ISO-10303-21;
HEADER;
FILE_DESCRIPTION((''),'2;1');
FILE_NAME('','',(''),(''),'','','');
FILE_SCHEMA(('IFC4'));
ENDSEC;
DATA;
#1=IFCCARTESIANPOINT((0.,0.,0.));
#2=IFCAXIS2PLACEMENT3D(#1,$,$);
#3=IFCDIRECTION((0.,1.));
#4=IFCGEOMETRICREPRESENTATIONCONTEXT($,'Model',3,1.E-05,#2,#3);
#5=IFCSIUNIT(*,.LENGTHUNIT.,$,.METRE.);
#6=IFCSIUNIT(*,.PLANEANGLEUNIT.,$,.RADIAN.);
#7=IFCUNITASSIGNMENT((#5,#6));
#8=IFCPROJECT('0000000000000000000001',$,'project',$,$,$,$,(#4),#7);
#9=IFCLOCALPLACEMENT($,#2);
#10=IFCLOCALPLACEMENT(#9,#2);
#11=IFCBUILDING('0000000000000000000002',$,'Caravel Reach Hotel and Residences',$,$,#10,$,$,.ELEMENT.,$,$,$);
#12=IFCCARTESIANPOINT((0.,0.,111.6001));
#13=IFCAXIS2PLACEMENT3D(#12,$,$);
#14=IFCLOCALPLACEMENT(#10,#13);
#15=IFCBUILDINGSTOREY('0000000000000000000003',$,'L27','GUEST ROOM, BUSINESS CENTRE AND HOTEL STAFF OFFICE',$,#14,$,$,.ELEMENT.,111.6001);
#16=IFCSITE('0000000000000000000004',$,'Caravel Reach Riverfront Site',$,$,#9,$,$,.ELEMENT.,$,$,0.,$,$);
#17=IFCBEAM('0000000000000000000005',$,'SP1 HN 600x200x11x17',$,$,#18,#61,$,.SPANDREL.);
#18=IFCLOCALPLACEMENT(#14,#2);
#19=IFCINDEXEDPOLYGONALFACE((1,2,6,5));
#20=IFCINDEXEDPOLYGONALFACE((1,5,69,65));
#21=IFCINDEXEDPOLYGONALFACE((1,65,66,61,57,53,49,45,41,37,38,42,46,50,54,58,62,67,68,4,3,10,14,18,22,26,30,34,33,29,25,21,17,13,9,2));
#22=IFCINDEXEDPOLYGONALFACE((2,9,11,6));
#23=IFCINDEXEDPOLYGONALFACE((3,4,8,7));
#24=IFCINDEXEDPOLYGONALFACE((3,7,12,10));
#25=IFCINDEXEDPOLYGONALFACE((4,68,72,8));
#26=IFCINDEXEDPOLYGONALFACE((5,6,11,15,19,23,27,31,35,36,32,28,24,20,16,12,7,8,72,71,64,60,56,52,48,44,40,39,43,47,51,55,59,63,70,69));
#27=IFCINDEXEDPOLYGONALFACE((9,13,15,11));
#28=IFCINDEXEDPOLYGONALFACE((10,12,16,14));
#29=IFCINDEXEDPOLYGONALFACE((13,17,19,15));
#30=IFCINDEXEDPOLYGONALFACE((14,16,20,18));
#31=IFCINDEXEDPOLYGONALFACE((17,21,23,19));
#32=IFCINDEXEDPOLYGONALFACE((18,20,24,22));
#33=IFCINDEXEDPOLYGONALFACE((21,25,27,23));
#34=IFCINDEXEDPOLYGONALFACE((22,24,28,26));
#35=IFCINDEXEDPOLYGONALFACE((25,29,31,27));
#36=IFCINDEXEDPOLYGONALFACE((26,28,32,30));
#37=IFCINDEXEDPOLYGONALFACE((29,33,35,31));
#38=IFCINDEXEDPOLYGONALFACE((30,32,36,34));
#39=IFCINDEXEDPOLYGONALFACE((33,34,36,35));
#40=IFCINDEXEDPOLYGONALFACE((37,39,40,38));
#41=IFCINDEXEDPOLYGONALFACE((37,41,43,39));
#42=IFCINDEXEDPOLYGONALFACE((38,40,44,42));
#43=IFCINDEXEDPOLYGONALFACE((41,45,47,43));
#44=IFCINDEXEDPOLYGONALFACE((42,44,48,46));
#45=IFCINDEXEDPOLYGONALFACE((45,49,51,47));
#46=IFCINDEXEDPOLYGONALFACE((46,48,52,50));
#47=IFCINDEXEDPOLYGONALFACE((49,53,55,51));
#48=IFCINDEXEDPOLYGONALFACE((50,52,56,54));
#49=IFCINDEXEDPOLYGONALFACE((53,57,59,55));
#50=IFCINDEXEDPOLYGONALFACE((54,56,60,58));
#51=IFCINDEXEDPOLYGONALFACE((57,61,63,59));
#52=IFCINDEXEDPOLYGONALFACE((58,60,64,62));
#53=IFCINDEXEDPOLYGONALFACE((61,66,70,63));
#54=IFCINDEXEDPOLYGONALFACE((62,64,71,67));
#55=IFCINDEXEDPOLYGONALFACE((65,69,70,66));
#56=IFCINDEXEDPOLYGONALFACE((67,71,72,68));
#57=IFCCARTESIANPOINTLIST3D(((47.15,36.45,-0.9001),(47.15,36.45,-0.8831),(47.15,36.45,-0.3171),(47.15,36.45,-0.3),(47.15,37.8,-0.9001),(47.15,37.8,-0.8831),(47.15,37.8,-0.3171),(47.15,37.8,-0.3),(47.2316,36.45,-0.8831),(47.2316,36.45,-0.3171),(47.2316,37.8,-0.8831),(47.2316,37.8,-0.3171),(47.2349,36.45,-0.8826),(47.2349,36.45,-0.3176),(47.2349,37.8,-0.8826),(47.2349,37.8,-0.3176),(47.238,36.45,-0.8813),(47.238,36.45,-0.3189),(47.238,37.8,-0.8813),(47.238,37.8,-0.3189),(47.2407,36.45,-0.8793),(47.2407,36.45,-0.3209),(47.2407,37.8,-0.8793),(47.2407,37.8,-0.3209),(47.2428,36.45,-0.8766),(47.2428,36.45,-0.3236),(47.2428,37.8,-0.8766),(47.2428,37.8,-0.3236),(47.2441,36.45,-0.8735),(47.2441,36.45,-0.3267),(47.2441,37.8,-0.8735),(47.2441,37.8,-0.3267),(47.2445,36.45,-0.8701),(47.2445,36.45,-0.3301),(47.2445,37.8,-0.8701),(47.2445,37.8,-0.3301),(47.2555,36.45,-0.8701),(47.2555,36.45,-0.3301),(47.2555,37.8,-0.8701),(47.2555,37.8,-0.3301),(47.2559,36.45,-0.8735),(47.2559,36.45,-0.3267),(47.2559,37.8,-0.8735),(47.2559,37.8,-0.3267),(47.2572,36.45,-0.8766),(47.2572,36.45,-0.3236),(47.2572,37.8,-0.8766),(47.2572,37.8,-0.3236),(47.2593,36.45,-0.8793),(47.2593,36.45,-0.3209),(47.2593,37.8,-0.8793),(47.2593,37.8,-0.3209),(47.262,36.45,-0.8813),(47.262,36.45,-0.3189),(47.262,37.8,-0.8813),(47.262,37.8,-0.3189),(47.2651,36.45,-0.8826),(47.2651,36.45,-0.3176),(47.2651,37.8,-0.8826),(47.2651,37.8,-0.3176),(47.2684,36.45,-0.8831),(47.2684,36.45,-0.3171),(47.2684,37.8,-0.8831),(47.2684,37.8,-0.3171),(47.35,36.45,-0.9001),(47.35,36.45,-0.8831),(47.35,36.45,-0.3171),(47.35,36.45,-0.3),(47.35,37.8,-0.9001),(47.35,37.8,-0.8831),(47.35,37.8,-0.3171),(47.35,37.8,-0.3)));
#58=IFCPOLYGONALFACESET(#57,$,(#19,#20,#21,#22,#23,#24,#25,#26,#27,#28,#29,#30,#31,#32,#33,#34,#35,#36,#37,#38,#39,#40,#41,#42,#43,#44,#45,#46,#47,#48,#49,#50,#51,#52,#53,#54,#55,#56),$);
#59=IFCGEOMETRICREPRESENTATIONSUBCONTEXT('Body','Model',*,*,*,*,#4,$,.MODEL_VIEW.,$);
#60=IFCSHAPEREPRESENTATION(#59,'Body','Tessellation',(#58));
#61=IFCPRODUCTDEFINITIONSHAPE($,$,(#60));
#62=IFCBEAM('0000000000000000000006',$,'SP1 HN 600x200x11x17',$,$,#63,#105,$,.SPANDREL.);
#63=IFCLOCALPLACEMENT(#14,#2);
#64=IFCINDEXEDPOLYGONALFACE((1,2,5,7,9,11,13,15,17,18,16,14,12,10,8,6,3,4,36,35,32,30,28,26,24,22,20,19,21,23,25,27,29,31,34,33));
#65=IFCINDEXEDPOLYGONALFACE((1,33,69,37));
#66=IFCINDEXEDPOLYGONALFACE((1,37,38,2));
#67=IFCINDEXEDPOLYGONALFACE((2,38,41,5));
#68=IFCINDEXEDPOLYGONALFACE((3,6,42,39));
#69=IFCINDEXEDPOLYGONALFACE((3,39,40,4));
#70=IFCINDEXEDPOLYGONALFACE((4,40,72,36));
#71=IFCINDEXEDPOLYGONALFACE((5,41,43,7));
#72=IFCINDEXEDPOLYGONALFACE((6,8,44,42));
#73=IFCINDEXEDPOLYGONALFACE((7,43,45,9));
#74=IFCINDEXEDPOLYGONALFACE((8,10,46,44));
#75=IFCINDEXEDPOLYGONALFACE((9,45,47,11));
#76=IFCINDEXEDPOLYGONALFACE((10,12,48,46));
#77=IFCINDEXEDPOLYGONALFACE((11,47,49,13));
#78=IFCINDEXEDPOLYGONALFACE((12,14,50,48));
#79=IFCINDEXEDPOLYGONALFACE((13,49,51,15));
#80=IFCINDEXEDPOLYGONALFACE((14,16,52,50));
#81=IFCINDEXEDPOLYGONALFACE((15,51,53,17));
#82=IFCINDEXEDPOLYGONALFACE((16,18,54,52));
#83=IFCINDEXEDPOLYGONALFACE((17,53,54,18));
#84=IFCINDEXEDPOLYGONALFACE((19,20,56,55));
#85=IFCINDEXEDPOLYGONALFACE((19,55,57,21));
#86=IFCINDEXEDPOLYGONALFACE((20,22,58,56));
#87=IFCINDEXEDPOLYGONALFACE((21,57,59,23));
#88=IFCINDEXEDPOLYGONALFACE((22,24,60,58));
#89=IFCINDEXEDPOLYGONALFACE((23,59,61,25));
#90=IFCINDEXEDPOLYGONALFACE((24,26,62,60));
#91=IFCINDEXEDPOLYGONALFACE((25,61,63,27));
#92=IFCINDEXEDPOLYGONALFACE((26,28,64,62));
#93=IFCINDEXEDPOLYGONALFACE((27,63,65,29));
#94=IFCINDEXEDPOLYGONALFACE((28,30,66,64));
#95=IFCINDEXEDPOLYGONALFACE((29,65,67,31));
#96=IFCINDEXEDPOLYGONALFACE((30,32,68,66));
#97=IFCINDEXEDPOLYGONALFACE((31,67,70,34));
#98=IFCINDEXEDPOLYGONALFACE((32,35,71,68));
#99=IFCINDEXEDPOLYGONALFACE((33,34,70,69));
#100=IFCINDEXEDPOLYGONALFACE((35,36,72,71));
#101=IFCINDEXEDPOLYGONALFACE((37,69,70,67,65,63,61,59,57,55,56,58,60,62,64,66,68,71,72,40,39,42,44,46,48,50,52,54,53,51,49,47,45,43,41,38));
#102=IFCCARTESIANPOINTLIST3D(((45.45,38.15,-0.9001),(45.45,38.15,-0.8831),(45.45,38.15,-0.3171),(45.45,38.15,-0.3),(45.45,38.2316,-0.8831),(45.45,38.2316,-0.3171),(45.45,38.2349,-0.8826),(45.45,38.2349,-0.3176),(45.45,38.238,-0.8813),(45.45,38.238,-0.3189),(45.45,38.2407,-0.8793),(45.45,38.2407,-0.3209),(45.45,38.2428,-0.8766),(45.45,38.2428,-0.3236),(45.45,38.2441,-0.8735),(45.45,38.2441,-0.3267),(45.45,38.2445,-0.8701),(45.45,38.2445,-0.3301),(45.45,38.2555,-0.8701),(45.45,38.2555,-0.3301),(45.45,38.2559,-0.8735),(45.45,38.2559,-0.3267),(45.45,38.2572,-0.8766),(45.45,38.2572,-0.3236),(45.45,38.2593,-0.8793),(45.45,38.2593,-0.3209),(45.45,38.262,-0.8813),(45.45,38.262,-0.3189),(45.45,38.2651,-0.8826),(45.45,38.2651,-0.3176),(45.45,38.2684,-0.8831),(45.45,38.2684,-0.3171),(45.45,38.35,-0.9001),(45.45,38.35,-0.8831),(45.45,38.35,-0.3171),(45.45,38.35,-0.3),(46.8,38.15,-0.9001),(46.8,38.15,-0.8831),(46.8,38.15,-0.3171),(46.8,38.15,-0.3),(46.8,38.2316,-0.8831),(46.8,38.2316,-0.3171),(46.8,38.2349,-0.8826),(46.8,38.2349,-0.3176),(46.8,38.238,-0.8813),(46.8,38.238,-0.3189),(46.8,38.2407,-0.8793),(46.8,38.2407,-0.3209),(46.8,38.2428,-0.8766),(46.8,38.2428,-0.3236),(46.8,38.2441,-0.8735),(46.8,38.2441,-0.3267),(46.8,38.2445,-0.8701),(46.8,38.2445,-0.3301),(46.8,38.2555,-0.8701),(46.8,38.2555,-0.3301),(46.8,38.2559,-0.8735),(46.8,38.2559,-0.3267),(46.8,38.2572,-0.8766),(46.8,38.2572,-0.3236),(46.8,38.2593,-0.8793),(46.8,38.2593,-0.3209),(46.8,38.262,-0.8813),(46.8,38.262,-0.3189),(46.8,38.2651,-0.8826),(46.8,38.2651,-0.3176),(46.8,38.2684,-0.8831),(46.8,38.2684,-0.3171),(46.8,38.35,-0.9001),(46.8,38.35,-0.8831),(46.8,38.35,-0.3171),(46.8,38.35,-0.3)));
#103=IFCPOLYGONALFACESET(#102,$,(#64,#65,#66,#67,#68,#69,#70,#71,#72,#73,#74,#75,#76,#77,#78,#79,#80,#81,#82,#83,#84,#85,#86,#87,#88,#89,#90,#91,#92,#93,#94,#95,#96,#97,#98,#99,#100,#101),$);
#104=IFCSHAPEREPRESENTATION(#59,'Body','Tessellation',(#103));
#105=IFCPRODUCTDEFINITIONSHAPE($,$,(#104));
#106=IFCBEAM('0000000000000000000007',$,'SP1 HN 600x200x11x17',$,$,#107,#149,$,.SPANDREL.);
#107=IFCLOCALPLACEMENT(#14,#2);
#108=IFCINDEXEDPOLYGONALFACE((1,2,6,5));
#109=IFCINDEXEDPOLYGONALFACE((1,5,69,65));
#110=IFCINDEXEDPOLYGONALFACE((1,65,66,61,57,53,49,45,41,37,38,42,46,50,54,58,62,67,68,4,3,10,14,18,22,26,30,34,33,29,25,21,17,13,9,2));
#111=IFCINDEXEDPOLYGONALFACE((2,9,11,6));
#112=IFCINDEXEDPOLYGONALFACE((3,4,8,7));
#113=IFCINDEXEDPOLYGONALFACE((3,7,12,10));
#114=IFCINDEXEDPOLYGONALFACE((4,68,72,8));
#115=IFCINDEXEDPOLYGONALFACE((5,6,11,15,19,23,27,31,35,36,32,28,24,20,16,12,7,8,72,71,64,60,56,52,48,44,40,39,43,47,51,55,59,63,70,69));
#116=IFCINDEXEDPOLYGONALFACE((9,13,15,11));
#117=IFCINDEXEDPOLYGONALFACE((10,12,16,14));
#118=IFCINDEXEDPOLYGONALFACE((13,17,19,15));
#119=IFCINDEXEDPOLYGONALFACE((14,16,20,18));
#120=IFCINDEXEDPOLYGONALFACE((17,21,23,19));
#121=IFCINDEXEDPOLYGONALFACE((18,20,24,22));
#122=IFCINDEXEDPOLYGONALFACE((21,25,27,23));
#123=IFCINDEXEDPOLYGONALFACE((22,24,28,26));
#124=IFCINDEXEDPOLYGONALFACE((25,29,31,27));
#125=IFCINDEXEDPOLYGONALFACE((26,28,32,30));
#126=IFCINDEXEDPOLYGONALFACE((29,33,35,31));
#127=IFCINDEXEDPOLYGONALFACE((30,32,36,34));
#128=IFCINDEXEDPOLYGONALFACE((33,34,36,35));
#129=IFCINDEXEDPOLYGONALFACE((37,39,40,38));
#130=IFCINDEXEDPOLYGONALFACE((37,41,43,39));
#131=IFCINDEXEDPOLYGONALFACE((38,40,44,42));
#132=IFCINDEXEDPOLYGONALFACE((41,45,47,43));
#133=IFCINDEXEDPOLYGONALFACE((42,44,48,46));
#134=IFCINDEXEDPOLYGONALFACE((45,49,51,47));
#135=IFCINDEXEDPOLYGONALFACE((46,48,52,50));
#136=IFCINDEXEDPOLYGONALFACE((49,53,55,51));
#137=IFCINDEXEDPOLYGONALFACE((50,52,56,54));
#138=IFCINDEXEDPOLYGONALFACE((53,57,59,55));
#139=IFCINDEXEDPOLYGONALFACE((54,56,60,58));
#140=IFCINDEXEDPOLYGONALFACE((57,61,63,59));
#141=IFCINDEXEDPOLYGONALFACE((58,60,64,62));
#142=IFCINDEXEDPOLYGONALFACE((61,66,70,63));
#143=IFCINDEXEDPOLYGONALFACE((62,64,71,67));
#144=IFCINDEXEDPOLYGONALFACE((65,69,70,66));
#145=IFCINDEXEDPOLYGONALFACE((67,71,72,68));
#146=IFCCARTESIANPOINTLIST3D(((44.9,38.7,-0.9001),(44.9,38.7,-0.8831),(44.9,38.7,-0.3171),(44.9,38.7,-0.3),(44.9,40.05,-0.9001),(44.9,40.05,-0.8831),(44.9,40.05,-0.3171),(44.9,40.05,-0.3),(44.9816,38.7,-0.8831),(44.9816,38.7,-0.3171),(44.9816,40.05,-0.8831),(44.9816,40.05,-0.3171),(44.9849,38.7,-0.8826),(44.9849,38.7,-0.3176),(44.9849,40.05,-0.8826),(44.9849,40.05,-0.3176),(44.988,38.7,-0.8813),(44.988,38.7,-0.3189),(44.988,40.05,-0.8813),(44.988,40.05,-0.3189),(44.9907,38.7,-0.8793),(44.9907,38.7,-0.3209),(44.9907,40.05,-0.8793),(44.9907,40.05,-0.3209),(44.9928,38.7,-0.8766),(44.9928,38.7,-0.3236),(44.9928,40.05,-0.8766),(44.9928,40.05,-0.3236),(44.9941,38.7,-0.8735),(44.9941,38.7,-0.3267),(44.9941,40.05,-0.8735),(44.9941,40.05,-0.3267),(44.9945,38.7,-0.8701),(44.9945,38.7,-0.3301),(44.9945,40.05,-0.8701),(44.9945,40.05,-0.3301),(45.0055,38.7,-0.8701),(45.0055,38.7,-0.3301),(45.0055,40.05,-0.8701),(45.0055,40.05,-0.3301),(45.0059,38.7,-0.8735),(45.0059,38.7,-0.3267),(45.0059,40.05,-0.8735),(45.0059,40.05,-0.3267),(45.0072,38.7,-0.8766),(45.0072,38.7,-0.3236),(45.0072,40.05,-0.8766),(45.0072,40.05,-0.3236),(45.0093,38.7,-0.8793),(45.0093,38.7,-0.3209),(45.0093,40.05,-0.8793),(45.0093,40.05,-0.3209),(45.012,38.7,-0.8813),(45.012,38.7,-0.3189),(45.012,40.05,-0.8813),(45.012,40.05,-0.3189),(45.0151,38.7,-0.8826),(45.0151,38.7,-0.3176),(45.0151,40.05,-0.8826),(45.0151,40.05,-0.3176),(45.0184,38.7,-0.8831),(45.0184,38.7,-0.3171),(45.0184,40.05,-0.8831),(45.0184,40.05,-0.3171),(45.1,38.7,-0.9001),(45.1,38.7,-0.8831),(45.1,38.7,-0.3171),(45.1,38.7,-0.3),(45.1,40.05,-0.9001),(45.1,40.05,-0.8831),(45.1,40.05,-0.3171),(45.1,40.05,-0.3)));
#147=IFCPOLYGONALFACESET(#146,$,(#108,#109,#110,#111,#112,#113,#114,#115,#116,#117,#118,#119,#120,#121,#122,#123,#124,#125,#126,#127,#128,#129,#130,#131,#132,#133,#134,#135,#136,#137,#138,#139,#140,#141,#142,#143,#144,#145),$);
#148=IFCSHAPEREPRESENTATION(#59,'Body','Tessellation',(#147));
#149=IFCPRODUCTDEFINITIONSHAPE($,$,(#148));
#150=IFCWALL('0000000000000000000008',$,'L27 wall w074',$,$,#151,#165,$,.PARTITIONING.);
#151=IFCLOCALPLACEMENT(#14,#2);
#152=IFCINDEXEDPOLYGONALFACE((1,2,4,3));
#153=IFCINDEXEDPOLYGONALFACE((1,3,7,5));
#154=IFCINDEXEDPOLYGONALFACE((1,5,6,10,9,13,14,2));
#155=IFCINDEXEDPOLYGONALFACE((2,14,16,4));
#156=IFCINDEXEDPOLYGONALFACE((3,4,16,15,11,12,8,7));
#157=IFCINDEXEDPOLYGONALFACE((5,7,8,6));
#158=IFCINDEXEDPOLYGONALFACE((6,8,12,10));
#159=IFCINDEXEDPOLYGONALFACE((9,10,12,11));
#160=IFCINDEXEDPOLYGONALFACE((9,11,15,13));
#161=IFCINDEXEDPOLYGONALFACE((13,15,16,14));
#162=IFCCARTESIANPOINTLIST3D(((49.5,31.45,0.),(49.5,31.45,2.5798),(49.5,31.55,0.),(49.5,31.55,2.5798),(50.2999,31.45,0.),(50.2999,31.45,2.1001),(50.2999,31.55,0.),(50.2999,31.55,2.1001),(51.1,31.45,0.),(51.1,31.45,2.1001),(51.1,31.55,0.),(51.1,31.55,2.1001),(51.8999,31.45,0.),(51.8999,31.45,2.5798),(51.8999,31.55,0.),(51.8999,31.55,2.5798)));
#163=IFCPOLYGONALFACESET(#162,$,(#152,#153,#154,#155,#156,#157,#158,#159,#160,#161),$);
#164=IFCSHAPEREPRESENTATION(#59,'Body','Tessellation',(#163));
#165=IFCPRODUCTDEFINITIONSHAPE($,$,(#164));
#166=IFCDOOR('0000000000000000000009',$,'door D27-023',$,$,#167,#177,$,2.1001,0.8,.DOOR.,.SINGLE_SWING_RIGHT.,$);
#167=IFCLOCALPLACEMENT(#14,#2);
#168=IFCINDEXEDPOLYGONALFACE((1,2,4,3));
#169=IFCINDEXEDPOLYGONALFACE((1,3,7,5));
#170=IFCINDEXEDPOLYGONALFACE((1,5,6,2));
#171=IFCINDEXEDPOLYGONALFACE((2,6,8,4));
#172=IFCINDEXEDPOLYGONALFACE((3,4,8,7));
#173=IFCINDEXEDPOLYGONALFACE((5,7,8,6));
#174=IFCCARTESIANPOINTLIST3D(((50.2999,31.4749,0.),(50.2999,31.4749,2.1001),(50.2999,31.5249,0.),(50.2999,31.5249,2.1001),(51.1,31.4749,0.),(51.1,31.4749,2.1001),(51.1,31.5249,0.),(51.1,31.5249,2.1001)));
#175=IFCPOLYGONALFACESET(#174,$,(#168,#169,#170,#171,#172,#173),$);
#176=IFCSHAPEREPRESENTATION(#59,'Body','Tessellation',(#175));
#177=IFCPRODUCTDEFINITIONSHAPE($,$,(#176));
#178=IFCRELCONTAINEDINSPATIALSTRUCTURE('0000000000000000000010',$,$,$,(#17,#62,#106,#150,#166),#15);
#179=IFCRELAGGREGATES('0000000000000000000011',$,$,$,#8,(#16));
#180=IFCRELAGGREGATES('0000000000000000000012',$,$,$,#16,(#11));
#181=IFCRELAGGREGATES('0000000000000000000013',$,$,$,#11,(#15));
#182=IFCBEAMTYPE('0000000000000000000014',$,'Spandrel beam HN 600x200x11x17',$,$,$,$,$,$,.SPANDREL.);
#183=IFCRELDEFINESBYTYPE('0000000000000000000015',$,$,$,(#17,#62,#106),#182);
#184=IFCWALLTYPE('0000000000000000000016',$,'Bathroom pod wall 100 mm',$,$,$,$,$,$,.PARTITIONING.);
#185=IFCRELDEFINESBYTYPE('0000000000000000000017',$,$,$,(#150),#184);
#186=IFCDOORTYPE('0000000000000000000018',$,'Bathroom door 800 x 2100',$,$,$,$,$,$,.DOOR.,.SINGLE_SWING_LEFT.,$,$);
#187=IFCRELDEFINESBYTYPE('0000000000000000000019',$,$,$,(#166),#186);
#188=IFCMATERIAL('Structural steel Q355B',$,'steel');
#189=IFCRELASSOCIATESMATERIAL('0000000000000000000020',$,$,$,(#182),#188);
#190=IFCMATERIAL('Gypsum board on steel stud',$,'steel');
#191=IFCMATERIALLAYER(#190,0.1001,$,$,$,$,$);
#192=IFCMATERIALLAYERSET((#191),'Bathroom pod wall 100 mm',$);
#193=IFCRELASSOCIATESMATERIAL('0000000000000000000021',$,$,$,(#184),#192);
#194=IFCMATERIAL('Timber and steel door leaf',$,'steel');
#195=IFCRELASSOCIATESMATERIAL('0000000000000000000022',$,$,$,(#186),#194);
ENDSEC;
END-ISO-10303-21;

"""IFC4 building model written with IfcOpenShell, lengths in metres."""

from ifc_helpers import new_model, si_unit, direction, frame, frame_2d, origin, origin_2d, place, context, subcontext, project, spatial, rectangle, i_section, extrude, material, layer, layer_set, material_profile, profile_set, type_object, element, fill, save


model = new_model("IFC4")

# Units and contexts
model_context = context("Model", 3, precision=1e-05, world=origin(), true_north=direction((0.0, 1.0)))
body_context = subcontext(model_context, "Body", "Model", "MODEL_VIEW")
ifc_project = project(units=[si_unit("LENGTHUNIT", "METRE"), si_unit("PLANEANGLEUNIT", "RADIAN")], contexts=[model_context])

# Site, building, storey
site_placement = place(None, origin())
site = spatial("IfcSite", under=ifc_project, at=site_placement, Name="Caravel Reach Riverfront Site", CompositionType="ELEMENT", RefElevation=0.0)
building_placement = place(site_placement, origin())
building = spatial("IfcBuilding", under=site, at=building_placement, Name="Caravel Reach Hotel and Residences", CompositionType="ELEMENT")
storey_placement = place(building_placement, frame((0.0, 0.0, 111.6001)))
storey = spatial("IfcBuildingStorey", under=building, at=storey_placement, Name="L27", Description="GUEST ROOM, BUSINESS CENTRE AND HOTEL STAFF OFFICE", CompositionType="ELEMENT", Elevation=111.6001)

# Beams
ifc_material_1 = material(Name="Structural steel Q355B", Category="steel")
ifc_material_profile_1 = material_profile(ifc_material_1, i_section(OverallWidth=0.2, OverallDepth=0.6001, WebThickness=0.011, FlangeThickness=0.0171, FilletRadius=0.0129, at=origin_2d()), Name="HN 600x200x11x17")
ifc_profile_set_1 = profile_set([ifc_material_profile_1], Name="Structural steel Q355B")
beam_type_1 = type_object("IfcBeamType", Name="Spandrel beam HN 600x200x11x17", PredefinedType="SPANDREL", material=ifc_profile_set_1)
for number, where, z_axis, x_axis, name in (
    (1, (47.25, 36.45, -0.6001), (0.0, 1.0, 0.0), (-1.0, 0.0, 0.0), "SP1 HN 600x200x11x17"),
    (2, (46.8, 38.25, -0.6001), (-1.0, 0.0, 0.0), (0.0, -1.0, 0.0), "SP1 HN 600x200x11x17"),
    (3, (45.0, 38.7, -0.6001), (0.0, 1.0, 0.0), (-1.0, 0.0, 0.0), "SP1 HN 600x200x11x17"),
):
    element("IfcBeam", number, at=place(storey_placement, frame(where, z_axis=z_axis, x_axis=x_axis)), inside=storey, type_object=beam_type_1, Name=name, PredefinedType="SPANDREL", context=body_context, shape_type="SweptSolid", body=[
        extrude(i_section(OverallWidth=0.2, OverallDepth=0.6001, WebThickness=0.011, FlangeThickness=0.0171, FilletRadius=0.0129, at=origin_2d()), origin(), (0.0, 0.0, 1.0), 1.3501),
    ])

# Wall, opening, door
ifc_material_2 = material(Name="Gypsum board on steel stud", Category="steel")
ifc_layer_1 = layer(ifc_material_2, 0.1001)
ifc_layer_set_1 = layer_set([ifc_layer_1], Name="Bathroom pod wall 100 mm")
wall_type_1 = type_object("IfcWallType", Name="Bathroom pod wall 100 mm", PredefinedType="PARTITIONING", material=ifc_layer_set_1)
wall_1_placement = place(storey_placement, frame((49.5, 31.5, 0.0), z_axis=(0.0, 0.0, 1.0), x_axis=(1.0, 0.0, 0.0)))
wall_1 = element("IfcWall", 4, at=wall_1_placement, inside=storey, type_object=wall_type_1, Name="L27 wall w074", PredefinedType="PARTITIONING", context=body_context, shape_type="SweptSolid", body=[
    extrude(rectangle(XDim=2.3999, YDim=0.1001, at=frame_2d((1.2, 0.0))), origin(), (0.0, 0.0, 1.0), 2.5798),
])
opening_1_placement = place(wall_1_placement, frame((0.8, 0.0, 0.0)))
opening_1 = element("IfcOpeningElement", 5, at=opening_1_placement, cuts=wall_1, PredefinedType="OPENING", context=body_context, shape_type="SweptSolid", body=[
    extrude(rectangle(XDim=0.8, YDim=2.1001, at=frame_2d((0.3999, 1.05))), frame((0.0, 0.0601, 0.0), z_axis=(0.0, -1.0, 0.0), x_axis=(1.0, 0.0, 0.0)), (0.0, 0.0, 1.0), 0.1201),
])
ifc_material_3 = material(Name="Timber and steel door leaf", Category="steel")
door_type_1 = type_object("IfcDoorType", Name="Bathroom door 800 x 2100", OperationType="SINGLE_SWING_LEFT", PredefinedType="DOOR", material=ifc_material_3)
door_1_placement = place(opening_1_placement, origin())
door_1 = element("IfcDoor", 6, at=door_1_placement, inside=storey, type_object=door_type_1, Name="door D27-023", OperationType="SINGLE_SWING_RIGHT", OverallHeight=2.1001, OverallWidth=0.8, PredefinedType="DOOR", context=body_context, shape_type="SweptSolid", body=[
    extrude(rectangle(XDim=0.8, YDim=2.1001, at=frame_2d((0.3999, 1.05))), frame((0.0, 0.0249, 0.0), z_axis=(0.0, -1.0, 0.0), x_axis=(1.0, 0.0, 0.0)), (0.0, 0.0, 1.0), 0.05),
])
fill(opening_1, door_1)

save(model, "model.ifc")
